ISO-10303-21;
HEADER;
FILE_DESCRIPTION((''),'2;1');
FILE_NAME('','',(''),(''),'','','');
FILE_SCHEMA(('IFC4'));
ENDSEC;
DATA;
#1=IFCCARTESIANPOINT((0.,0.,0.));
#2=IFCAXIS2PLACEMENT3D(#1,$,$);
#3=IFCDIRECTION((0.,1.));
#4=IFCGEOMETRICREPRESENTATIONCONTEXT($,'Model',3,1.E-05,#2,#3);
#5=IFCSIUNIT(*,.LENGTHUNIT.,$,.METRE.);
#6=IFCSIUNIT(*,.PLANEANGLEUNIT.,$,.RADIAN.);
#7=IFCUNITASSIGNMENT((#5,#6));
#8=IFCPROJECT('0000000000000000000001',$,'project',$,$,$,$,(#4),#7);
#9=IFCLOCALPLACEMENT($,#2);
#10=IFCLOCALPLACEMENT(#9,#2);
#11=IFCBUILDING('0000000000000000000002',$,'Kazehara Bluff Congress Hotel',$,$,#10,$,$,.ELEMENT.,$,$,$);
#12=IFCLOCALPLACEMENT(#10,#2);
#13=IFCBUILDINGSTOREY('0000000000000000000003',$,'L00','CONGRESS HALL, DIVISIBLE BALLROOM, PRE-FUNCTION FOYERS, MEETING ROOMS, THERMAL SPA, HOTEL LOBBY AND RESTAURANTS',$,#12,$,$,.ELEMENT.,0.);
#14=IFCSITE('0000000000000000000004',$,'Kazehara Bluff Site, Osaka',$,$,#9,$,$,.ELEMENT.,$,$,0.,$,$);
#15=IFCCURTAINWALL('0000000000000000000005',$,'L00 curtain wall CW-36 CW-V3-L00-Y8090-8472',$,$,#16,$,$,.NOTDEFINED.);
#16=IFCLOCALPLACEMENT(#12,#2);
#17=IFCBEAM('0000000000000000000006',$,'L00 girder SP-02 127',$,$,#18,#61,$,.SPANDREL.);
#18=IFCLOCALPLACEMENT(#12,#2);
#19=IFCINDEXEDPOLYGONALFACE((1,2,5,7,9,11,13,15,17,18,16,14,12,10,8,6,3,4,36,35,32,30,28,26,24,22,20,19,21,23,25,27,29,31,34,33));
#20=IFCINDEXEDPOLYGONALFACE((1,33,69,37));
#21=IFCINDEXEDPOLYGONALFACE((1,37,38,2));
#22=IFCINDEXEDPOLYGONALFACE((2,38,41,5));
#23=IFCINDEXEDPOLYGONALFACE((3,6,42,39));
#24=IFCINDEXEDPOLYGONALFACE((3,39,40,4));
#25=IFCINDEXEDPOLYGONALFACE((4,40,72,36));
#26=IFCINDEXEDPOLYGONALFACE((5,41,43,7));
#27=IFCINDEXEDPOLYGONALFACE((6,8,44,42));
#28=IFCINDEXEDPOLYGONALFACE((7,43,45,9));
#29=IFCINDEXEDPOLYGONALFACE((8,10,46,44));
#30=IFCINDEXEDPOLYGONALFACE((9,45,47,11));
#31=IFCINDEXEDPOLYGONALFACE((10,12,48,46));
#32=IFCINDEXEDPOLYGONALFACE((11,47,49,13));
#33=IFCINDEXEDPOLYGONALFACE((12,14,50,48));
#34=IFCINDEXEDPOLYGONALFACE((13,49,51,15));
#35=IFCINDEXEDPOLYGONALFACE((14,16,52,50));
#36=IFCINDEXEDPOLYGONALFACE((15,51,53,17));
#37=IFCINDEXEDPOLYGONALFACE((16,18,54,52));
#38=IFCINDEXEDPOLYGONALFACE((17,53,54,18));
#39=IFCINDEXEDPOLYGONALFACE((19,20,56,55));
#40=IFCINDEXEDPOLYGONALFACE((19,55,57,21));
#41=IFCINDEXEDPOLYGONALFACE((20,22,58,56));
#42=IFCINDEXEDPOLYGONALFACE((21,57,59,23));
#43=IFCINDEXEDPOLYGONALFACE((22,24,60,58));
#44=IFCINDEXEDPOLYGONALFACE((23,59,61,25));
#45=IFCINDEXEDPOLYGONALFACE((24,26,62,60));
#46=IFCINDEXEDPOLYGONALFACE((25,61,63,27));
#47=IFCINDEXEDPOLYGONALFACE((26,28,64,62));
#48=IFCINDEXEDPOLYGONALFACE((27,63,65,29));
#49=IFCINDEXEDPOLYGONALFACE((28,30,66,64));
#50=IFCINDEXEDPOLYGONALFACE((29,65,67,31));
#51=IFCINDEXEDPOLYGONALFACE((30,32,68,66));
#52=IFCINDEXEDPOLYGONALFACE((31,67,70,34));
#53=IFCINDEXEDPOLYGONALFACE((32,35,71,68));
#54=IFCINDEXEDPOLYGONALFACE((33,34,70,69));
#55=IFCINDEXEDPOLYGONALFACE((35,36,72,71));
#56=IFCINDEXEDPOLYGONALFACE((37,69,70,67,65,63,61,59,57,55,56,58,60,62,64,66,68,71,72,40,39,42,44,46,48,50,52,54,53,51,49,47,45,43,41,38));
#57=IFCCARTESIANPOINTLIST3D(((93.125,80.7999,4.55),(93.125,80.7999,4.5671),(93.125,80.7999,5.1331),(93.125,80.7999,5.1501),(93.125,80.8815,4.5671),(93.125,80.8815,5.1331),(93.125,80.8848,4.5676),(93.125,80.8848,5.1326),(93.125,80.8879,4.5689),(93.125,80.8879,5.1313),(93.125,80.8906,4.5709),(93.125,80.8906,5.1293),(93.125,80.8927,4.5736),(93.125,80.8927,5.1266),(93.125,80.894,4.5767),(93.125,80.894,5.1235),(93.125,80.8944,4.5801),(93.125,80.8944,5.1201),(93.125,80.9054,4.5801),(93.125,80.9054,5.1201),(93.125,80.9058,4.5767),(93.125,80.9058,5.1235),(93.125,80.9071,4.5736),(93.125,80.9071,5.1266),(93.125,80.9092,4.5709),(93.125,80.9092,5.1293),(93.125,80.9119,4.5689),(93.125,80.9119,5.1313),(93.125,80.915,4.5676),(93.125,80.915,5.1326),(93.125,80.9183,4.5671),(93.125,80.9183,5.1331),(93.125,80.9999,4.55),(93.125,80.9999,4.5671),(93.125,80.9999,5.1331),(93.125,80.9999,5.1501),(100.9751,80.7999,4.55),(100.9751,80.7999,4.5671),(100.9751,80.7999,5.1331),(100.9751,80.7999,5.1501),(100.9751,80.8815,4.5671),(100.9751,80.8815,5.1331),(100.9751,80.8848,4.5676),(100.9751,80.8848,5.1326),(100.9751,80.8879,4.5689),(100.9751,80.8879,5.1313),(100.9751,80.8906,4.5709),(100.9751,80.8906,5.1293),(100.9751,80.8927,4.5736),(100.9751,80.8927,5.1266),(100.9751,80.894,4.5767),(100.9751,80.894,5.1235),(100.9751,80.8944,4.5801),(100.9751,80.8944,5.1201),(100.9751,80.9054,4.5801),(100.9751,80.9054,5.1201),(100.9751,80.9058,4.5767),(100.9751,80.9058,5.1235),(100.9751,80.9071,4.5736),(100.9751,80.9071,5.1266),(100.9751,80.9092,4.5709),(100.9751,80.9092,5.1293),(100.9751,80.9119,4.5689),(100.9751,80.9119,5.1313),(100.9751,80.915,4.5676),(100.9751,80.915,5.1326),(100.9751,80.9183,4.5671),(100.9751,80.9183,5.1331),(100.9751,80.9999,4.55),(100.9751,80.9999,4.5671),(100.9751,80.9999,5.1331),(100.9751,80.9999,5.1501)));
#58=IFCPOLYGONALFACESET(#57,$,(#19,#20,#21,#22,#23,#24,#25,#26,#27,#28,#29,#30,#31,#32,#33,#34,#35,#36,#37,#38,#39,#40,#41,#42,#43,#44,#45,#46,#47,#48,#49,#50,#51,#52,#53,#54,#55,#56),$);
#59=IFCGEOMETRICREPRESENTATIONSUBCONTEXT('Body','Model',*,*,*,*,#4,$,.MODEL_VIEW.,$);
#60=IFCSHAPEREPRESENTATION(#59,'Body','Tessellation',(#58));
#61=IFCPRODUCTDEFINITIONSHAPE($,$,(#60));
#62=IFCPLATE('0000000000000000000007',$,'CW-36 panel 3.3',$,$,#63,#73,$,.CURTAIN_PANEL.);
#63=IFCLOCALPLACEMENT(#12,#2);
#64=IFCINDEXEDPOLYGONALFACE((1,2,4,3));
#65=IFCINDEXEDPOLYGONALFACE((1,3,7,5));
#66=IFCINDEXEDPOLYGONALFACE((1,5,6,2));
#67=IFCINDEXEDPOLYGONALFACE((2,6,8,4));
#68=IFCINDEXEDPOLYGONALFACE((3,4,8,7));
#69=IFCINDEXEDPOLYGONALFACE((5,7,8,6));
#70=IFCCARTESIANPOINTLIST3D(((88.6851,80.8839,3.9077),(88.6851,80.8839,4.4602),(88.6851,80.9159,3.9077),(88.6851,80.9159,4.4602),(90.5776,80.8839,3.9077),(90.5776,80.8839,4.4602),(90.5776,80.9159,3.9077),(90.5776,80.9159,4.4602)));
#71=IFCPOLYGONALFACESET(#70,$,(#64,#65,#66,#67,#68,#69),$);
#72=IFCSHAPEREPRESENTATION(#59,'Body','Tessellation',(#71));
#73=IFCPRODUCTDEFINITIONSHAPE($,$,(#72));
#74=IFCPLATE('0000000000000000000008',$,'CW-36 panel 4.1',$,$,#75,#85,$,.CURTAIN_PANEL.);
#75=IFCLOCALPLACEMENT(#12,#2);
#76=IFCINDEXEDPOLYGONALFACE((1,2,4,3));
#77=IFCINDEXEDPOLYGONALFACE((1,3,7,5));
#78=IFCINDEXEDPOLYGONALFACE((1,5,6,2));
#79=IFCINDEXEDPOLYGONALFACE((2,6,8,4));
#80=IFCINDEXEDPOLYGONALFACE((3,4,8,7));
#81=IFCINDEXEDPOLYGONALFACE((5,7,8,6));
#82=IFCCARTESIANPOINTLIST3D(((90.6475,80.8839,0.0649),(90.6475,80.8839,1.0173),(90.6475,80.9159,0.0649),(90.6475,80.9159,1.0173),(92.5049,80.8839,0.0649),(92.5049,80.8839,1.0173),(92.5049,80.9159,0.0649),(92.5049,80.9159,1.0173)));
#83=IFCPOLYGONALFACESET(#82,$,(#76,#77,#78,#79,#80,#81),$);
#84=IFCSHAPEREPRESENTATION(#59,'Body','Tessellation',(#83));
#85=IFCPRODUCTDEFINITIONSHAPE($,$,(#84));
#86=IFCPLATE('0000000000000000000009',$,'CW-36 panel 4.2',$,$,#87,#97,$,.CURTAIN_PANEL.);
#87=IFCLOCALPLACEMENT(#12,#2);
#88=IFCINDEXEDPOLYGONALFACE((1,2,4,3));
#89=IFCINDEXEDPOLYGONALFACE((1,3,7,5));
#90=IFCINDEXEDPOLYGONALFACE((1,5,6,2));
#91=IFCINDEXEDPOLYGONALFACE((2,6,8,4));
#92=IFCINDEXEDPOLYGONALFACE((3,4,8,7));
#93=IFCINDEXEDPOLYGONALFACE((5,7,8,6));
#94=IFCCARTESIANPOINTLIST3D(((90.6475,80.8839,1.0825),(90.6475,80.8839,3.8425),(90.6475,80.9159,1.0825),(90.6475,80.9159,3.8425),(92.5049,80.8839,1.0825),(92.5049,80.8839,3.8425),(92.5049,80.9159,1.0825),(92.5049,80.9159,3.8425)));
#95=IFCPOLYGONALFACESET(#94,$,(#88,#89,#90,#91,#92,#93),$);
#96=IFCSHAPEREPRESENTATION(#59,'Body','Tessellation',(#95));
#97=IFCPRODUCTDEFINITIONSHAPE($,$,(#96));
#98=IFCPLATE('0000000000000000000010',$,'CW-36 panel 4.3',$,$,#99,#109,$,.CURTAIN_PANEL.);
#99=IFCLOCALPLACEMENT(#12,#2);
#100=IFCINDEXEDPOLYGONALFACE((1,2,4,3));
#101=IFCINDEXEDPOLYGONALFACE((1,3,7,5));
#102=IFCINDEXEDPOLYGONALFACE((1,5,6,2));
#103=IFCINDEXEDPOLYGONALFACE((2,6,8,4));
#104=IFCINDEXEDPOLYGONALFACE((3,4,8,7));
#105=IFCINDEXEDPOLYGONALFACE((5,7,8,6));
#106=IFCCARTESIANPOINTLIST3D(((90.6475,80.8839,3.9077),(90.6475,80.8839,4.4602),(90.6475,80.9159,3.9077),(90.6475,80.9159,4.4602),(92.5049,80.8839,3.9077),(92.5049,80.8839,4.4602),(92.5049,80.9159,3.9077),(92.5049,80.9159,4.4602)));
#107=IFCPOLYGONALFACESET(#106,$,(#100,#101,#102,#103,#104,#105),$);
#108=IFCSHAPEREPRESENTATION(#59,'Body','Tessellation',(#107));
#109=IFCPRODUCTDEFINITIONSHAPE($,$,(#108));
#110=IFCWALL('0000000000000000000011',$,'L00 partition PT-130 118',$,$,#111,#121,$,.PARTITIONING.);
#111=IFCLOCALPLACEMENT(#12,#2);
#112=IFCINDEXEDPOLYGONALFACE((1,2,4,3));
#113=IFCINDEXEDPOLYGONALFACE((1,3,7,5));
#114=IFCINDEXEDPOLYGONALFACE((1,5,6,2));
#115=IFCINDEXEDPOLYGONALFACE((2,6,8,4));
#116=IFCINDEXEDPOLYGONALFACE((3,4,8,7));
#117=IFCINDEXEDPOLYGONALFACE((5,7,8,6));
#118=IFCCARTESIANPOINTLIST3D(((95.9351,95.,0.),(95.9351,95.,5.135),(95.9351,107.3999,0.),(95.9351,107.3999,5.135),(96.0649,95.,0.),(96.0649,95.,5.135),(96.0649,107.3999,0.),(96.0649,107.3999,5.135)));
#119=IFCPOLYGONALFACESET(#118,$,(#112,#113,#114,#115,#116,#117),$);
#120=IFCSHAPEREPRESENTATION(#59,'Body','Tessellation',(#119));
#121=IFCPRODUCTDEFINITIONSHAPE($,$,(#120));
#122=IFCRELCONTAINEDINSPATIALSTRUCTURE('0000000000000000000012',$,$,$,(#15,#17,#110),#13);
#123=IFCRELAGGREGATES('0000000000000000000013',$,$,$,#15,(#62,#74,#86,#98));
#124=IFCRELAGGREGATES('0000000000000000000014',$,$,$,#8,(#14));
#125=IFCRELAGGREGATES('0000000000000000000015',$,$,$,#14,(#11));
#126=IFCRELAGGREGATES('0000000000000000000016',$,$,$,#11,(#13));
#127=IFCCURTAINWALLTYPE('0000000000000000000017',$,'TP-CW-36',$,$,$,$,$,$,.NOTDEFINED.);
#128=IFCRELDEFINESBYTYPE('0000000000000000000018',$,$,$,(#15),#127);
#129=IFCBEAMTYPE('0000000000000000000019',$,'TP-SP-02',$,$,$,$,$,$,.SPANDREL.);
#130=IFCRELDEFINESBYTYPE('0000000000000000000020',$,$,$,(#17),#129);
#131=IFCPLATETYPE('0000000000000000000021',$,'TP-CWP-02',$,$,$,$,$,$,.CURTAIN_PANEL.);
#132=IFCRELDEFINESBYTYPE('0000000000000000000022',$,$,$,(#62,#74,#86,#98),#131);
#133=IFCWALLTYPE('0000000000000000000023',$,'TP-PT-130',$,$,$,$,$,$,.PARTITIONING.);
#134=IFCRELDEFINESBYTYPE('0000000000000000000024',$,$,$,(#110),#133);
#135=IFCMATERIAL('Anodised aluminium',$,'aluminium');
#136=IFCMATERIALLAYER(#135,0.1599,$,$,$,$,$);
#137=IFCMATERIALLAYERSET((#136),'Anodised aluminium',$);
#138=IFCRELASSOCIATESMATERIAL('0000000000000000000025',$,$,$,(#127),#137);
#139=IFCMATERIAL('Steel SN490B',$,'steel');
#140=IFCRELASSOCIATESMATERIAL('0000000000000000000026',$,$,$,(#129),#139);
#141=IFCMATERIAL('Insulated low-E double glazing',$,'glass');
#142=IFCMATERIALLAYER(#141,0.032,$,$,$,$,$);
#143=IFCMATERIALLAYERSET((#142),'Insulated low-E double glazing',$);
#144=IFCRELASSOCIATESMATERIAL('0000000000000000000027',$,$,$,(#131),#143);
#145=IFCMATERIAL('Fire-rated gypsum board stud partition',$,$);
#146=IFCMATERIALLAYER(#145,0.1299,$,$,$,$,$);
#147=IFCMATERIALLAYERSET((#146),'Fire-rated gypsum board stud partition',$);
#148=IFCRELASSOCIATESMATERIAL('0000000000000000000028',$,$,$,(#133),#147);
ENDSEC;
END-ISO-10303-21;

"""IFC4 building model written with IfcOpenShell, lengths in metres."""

from ifc_helpers import new_model, si_unit, direction, frame, frame_2d, origin, origin_2d, place, context, subcontext, project, spatial, rectangle, i_section, extrude, material, layer, layer_set, material_profile, profile_set, type_object, element, aggregate, save


model = new_model("IFC4")

# Units and contexts
model_context = context("Model", 3, precision=1e-05, world=origin(), true_north=direction((0.0, 1.0)))
body_context = subcontext(model_context, "Body", "Model", "MODEL_VIEW")
ifc_project = project(units=[si_unit("LENGTHUNIT", "METRE"), si_unit("PLANEANGLEUNIT", "RADIAN")], contexts=[model_context])

# Site, building, storey
site_placement = place(None, origin())
site = spatial("IfcSite", under=ifc_project, at=site_placement, Name="Kazehara Bluff Site, Osaka", CompositionType="ELEMENT", RefElevation=0.0)
building_placement = place(site_placement, origin())
building = spatial("IfcBuilding", under=site, at=building_placement, Name="Kazehara Bluff Congress Hotel", CompositionType="ELEMENT")
storey_placement = place(building_placement, origin())
storey = spatial("IfcBuildingStorey", under=building, at=storey_placement, Name="L00", Description="CONGRESS HALL, DIVISIBLE BALLROOM, PRE-FUNCTION FOYERS, MEETING ROOMS, THERMAL SPA, HOTEL LOBBY AND RESTAURANTS", CompositionType="ELEMENT", Elevation=0.0)

# Curtain wall
ifc_material_1 = material(Name="Anodised aluminium", Category="aluminium")
ifc_layer_1 = layer(ifc_material_1, 0.1599)
ifc_layer_set_1 = layer_set([ifc_layer_1], Name="Anodised aluminium")
curtain_wall_type = type_object("IfcCurtainWallType", Name="TP-CW-36", PredefinedType="NOTDEFINED", material=ifc_layer_set_1)
curtain_wall_placement = place(storey_placement, origin())
curtain_wall = element("IfcCurtainWall", 1, at=curtain_wall_placement, inside=storey, type_object=curtain_wall_type, Name="L00 curtain wall CW-36 CW-V3-L00-Y8090-8472", PredefinedType="NOTDEFINED")

# Beam
ifc_material_2 = material(Name="Steel SN490B", Category="steel")
ifc_material_profile_1 = material_profile(ifc_material_2, i_section(OverallWidth=0.2, OverallDepth=0.6001, WebThickness=0.011, FlangeThickness=0.0171, FilletRadius=0.0129, at=origin_2d()))
ifc_profile_set_1 = profile_set([ifc_material_profile_1], Name="Steel SN490B")
beam_type_1 = type_object("IfcBeamType", Name="TP-SP-02", PredefinedType="SPANDREL", material=ifc_profile_set_1)
beam_1_placement = place(storey_placement, frame((93.125, 80.8999, 4.8501), z_axis=(1.0, 0.0, 0.0), x_axis=(0.0, 1.0, 0.0)))
element("IfcBeam", 2, at=beam_1_placement, inside=storey, type_object=beam_type_1, Name="L00 girder SP-02 127", PredefinedType="SPANDREL", context=body_context, shape_type="SweptSolid", body=[
    extrude(i_section(OverallWidth=0.2, OverallDepth=0.6001, WebThickness=0.011, FlangeThickness=0.0171, FilletRadius=0.0129, at=origin_2d()), origin(), (0.0, 0.0, 1.0), 7.8501),
])

# Plates
ifc_material_3 = material(Name="Insulated low-E double glazing", Category="glass")
ifc_layer_2 = layer(ifc_material_3, 0.032)
ifc_layer_set_2 = layer_set([ifc_layer_2], Name="Insulated low-E double glazing")
plate_type = type_object("IfcPlateType", Name="TP-CWP-02", PredefinedType="CURTAIN_PANEL", material=ifc_layer_set_2)
plate_1_placement = place(storey_placement, frame((89.6313, 80.8999, 3.9077), z_axis=(0.0, 0.0, 1.0), x_axis=(1.0, 0.0, 0.0)))
plate_1 = element("IfcPlate", 3, at=plate_1_placement, type_object=plate_type, Name="CW-36 panel 3.3", PredefinedType="CURTAIN_PANEL", context=body_context, shape_type="SweptSolid", body=[
    extrude(rectangle(XDim=1.8926, YDim=0.032, at=origin_2d()), origin(), (0.0, 0.0, 1.0), 0.5525),
])
plate_2_placement = place(storey_placement, frame((91.5762, 80.8999, 0.0649), z_axis=(0.0, 0.0, 1.0), x_axis=(1.0, 0.0, 0.0)))
plate_2 = element("IfcPlate", 4, at=plate_2_placement, type_object=plate_type, Name="CW-36 panel 4.1", PredefinedType="CURTAIN_PANEL", context=body_context, shape_type="SweptSolid", body=[
    extrude(rectangle(XDim=1.8574, YDim=0.032, at=origin_2d()), origin(), (0.0, 0.0, 1.0), 0.9524),
])
plate_3_placement = place(storey_placement, frame((91.5762, 80.8999, 1.0825), z_axis=(0.0, 0.0, 1.0), x_axis=(1.0, 0.0, 0.0)))
plate_3 = element("IfcPlate", 5, at=plate_3_placement, type_object=plate_type, Name="CW-36 panel 4.2", PredefinedType="CURTAIN_PANEL", context=body_context, shape_type="SweptSolid", body=[
    extrude(rectangle(XDim=1.8574, YDim=0.032, at=origin_2d()), origin(), (0.0, 0.0, 1.0), 2.76),
])
plate_4_placement = place(storey_placement, frame((91.5762, 80.8999, 3.9077), z_axis=(0.0, 0.0, 1.0), x_axis=(1.0, 0.0, 0.0)))
plate_4 = element("IfcPlate", 6, at=plate_4_placement, type_object=plate_type, Name="CW-36 panel 4.3", PredefinedType="CURTAIN_PANEL", context=body_context, shape_type="SweptSolid", body=[
    extrude(rectangle(XDim=1.8574, YDim=0.032, at=origin_2d()), origin(), (0.0, 0.0, 1.0), 0.5525),
])
aggregate(curtain_wall, [plate_1, plate_2, plate_3, plate_4])

# Wall
ifc_material_4 = material(Name="Fire-rated gypsum board stud partition")
ifc_layer_3 = layer(ifc_material_4, 0.1299)
ifc_layer_set_3 = layer_set([ifc_layer_3], Name="Fire-rated gypsum board stud partition")
wall_type = type_object("IfcWallType", Name="TP-PT-130", PredefinedType="PARTITIONING", material=ifc_layer_set_3)
wall_placement = place(storey_placement, frame((96.0, 95.0, 0.0), z_axis=(0.0, 0.0, 1.0), x_axis=(0.0, 1.0, 0.0)))
element("IfcWall", 7, at=wall_placement, inside=storey, type_object=wall_type, Name="L00 partition PT-130 118", PredefinedType="PARTITIONING", context=body_context, shape_type="SweptSolid", body=[
    extrude(rectangle(XDim=12.3999, YDim=0.1299, at=frame_2d((6.2, 0.0))), origin(), (0.0, 0.0, 1.0), 5.135),
])

save(model, "model.ifc")
